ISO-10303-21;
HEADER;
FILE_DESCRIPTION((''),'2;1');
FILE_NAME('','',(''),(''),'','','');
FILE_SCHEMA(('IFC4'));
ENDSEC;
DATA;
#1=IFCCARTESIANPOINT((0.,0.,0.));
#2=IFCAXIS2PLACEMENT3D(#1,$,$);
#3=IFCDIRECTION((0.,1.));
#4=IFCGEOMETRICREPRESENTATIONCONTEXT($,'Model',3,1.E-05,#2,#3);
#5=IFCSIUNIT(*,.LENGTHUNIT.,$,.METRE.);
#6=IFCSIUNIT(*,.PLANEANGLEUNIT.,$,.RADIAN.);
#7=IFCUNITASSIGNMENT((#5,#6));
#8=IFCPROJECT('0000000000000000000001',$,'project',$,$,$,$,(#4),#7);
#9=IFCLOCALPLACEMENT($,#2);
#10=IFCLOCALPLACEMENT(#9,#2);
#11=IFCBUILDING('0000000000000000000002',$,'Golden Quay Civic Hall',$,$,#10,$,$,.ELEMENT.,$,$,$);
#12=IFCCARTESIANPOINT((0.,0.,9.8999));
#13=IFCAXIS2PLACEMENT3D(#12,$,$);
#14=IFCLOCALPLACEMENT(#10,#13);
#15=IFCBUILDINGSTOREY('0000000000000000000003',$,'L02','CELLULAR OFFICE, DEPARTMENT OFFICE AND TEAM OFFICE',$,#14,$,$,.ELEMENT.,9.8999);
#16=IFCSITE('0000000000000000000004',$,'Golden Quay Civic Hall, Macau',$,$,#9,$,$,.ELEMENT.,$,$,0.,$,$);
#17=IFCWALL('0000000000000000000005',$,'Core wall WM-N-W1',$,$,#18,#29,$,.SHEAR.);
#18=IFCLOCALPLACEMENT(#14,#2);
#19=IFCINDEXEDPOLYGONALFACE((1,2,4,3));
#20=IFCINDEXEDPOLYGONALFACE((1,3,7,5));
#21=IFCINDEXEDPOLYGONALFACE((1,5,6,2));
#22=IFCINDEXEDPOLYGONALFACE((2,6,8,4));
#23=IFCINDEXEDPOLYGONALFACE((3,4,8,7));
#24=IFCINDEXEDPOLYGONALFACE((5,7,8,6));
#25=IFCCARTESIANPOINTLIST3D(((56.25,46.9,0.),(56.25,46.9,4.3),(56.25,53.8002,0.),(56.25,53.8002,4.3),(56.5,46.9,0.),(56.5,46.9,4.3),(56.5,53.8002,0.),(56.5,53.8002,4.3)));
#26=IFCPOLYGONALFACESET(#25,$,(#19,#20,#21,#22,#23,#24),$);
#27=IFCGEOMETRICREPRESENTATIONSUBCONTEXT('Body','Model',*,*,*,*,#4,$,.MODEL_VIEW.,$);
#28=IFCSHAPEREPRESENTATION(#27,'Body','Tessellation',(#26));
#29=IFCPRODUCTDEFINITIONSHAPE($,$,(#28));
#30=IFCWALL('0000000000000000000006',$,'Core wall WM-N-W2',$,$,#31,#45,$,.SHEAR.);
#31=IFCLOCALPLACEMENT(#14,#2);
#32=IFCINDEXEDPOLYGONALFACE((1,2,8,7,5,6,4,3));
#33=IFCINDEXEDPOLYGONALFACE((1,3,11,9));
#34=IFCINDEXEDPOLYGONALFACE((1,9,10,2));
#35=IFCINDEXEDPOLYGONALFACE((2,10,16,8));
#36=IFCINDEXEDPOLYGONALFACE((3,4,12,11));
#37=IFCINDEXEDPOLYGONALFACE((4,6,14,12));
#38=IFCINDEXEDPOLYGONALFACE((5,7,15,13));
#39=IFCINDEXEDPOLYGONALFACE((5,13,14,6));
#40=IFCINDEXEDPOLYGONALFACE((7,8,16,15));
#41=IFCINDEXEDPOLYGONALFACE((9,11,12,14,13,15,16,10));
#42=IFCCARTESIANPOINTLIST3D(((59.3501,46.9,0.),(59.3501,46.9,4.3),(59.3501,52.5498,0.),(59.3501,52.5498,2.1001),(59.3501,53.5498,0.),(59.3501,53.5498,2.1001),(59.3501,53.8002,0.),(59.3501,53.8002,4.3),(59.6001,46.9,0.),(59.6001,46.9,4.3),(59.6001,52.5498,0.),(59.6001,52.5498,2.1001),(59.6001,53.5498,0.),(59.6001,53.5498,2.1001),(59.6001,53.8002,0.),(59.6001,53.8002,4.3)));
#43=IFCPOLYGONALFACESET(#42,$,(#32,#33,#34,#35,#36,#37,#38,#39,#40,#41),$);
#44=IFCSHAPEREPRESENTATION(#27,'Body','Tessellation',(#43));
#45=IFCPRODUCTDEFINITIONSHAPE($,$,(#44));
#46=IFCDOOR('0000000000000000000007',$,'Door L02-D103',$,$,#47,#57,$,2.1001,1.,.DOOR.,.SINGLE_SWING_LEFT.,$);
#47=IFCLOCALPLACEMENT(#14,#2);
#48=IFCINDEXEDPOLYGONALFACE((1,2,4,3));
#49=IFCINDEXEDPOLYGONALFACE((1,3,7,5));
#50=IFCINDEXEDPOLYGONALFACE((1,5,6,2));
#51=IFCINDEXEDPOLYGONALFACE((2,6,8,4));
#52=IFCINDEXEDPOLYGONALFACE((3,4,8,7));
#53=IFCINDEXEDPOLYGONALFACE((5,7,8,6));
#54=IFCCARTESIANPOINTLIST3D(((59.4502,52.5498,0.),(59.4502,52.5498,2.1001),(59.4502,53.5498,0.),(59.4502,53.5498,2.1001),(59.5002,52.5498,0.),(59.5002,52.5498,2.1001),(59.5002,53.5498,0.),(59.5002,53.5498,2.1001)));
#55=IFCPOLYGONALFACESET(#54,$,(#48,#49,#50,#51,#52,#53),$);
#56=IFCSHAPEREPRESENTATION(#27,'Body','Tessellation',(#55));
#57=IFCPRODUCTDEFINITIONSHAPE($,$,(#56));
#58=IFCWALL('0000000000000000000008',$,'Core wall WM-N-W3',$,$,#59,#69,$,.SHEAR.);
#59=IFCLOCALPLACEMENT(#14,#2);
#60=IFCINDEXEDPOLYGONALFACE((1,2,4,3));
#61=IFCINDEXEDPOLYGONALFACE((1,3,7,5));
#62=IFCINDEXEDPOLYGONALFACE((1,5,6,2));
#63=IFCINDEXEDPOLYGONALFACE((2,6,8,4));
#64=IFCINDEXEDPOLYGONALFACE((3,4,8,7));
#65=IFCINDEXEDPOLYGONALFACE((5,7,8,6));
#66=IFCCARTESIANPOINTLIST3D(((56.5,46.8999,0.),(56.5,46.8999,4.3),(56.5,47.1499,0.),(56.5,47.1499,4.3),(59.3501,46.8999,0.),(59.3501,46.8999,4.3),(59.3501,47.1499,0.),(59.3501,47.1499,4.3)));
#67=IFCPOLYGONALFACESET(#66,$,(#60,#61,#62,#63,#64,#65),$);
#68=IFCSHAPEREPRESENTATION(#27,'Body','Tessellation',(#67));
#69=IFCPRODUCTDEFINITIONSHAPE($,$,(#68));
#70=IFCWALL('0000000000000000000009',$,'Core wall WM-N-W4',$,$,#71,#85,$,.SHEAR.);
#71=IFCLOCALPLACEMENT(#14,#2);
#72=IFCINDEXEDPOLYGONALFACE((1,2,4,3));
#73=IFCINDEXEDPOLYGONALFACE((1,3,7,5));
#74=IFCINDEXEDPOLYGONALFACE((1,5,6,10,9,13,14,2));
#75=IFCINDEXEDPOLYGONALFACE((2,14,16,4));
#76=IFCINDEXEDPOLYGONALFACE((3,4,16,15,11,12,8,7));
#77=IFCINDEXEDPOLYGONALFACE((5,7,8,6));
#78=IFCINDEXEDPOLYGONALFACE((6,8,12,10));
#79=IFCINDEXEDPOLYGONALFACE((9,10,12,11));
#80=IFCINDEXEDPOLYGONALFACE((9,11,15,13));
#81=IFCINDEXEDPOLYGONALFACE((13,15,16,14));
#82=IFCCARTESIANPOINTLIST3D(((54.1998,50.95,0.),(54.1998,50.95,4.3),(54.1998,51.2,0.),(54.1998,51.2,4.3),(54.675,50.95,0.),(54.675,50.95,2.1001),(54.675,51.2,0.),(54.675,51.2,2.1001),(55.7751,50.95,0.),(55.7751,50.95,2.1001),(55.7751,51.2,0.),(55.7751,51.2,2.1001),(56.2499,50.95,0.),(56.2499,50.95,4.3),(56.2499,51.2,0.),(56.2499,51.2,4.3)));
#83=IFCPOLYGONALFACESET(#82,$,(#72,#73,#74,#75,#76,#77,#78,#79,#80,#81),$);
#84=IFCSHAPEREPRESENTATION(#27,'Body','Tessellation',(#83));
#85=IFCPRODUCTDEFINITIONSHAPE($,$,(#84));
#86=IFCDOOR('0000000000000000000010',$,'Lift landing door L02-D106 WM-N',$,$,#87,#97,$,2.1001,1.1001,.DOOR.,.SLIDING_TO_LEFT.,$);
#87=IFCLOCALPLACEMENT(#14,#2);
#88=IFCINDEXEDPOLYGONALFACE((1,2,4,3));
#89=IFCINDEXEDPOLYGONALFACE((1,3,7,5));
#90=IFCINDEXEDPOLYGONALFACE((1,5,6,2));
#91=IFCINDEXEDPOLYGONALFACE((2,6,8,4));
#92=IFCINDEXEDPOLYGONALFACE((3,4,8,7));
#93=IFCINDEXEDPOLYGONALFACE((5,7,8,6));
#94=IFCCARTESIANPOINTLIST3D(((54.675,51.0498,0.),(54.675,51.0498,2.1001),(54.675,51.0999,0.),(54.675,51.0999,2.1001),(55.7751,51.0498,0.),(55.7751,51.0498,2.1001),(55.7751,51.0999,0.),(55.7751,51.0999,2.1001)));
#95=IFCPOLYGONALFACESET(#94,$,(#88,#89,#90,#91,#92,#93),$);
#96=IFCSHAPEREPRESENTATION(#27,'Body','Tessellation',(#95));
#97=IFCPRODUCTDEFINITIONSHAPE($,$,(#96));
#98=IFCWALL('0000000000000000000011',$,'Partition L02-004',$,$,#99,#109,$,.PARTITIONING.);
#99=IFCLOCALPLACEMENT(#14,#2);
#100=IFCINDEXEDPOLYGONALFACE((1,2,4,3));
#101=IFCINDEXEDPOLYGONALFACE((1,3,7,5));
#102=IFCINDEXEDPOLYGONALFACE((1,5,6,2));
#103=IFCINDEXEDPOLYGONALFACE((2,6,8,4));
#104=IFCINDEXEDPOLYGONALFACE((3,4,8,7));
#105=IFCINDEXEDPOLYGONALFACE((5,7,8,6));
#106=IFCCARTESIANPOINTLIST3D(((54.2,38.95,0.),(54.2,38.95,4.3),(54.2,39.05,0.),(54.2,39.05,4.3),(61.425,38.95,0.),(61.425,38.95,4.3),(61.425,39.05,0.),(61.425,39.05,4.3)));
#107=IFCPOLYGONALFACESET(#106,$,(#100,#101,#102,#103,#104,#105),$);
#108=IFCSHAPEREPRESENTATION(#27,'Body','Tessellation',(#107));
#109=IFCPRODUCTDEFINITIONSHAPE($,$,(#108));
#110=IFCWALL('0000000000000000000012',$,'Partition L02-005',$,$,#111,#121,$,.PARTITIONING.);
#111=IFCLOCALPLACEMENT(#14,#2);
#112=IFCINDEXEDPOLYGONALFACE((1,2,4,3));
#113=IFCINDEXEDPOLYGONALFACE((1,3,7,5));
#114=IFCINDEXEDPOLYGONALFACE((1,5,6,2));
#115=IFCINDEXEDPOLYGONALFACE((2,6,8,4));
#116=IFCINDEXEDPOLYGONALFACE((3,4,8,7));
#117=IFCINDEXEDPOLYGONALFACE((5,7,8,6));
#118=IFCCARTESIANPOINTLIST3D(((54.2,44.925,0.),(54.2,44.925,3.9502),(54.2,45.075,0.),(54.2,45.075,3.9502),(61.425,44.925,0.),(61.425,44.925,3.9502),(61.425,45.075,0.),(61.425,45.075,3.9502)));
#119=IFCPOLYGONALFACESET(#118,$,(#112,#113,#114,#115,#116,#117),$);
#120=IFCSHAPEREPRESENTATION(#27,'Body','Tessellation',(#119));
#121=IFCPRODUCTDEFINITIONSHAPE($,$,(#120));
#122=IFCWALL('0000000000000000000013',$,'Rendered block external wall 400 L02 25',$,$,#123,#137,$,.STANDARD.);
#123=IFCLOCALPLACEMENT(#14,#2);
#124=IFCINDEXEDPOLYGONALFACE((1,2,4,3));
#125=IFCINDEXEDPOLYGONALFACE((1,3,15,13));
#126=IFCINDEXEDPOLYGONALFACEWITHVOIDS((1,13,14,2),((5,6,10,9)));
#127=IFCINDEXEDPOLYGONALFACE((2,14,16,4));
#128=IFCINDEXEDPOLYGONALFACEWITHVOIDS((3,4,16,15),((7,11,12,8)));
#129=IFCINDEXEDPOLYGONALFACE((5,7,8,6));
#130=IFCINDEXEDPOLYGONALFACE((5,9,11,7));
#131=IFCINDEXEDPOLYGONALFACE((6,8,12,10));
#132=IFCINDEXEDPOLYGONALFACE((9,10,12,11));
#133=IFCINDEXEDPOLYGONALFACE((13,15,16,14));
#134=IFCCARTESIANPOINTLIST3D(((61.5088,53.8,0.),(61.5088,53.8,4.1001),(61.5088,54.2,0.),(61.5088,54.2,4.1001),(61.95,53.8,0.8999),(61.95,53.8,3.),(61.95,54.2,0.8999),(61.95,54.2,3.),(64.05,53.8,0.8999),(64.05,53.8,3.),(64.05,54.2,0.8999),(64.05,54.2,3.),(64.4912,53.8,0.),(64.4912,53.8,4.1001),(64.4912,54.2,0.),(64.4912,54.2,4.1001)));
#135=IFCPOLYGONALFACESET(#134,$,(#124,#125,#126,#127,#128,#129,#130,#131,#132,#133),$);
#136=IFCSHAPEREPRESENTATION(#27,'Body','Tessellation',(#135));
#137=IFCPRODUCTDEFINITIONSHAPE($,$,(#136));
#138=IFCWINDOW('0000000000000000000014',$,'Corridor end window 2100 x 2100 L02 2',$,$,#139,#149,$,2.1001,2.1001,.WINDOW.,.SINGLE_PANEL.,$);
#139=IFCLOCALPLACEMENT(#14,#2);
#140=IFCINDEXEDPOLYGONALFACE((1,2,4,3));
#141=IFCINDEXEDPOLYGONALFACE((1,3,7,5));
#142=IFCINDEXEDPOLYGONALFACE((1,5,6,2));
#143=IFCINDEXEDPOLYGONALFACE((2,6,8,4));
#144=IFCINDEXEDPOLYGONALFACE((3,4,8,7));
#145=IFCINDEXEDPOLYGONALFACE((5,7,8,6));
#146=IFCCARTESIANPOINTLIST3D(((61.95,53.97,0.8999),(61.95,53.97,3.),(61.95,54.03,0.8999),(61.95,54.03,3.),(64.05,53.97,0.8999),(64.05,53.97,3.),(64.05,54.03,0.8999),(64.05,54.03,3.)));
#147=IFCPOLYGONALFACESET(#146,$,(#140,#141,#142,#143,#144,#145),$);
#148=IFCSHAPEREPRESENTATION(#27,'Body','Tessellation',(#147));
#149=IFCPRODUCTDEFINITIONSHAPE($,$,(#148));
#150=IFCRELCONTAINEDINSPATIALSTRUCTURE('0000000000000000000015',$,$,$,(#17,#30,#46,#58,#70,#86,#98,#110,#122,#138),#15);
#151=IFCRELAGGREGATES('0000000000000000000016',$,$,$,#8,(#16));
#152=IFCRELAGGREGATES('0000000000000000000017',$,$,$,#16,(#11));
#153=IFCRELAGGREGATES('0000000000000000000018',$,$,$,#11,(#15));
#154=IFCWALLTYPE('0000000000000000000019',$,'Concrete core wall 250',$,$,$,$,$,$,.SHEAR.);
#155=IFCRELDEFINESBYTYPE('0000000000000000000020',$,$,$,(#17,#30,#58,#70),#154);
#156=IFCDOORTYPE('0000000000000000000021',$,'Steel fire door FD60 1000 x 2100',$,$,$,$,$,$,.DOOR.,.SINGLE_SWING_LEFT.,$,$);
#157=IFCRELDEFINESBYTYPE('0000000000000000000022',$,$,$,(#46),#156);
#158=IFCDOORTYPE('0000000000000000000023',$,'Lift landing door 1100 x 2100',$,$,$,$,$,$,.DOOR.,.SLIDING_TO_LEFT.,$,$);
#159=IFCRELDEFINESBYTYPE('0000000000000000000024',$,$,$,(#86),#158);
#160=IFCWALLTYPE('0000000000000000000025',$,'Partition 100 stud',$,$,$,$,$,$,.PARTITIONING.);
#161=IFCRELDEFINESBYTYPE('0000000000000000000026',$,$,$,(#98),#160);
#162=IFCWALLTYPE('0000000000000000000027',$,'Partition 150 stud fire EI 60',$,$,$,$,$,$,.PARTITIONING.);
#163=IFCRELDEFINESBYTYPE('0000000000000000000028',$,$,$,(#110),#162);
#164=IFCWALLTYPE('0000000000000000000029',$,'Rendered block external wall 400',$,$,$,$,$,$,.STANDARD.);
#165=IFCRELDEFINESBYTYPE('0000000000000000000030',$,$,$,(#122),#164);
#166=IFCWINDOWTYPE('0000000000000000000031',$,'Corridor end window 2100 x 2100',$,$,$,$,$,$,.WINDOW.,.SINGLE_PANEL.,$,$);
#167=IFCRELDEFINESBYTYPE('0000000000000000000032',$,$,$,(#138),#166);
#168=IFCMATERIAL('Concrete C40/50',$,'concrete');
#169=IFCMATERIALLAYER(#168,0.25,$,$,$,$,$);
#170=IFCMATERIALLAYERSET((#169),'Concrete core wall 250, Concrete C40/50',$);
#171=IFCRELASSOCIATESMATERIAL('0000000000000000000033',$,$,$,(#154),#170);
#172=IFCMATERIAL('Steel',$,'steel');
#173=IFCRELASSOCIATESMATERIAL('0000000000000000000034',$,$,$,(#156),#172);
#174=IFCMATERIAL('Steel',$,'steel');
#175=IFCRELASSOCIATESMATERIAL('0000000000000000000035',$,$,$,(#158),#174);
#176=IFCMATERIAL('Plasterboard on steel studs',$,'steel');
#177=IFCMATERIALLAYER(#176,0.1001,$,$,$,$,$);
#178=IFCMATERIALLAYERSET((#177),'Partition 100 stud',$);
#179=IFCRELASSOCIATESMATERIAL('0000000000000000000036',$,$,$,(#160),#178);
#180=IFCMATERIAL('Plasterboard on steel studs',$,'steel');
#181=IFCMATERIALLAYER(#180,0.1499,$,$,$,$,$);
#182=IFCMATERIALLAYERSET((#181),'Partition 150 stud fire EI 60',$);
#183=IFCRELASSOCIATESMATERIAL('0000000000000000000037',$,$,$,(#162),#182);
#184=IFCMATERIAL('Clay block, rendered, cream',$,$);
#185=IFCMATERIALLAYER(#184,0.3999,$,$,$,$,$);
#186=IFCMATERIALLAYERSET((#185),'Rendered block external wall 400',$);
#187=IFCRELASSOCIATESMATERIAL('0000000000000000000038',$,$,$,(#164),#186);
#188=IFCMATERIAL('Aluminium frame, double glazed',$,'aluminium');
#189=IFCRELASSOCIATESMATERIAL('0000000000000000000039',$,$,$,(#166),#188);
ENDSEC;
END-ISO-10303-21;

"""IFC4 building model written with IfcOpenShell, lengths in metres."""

from ifc_helpers import new_model, si_unit, direction, frame, frame_2d, origin, place, context, subcontext, project, spatial, rectangle, extrude, material, layer, layer_set, type_object, element, fill, save


model = new_model("IFC4")

# Units and contexts
model_context = context("Model", 3, precision=1e-05, world=origin(), true_north=direction((0.0, 1.0)))
body_context = subcontext(model_context, "Body", "Model", "MODEL_VIEW")
ifc_project = project(units=[si_unit("LENGTHUNIT", "METRE"), si_unit("PLANEANGLEUNIT", "RADIAN")], contexts=[model_context])

# Site, building, storey
site_placement = place(None, origin())
site = spatial("IfcSite", under=ifc_project, at=site_placement, Name="Golden Quay Civic Hall, Macau", CompositionType="ELEMENT", RefElevation=0.0)
building_placement = place(site_placement, origin())
building = spatial("IfcBuilding", under=site, at=building_placement, Name="Golden Quay Civic Hall", CompositionType="ELEMENT")
storey_placement = place(building_placement, frame((0.0, 0.0, 9.8999)))
storey = spatial("IfcBuildingStorey", under=building, at=storey_placement, Name="L02", Description="CELLULAR OFFICE, DEPARTMENT OFFICE AND TEAM OFFICE", CompositionType="ELEMENT", Elevation=9.8999)

# Wall
ifc_material_1 = material(Name="Concrete C40/50", Category="concrete")
ifc_layer_1 = layer(ifc_material_1, 0.25)
ifc_layer_set_1 = layer_set([ifc_layer_1], Name="Concrete core wall 250, Concrete C40/50")
wall_type_1 = type_object("IfcWallType", Name="Concrete core wall 250", PredefinedType="SHEAR", material=ifc_layer_set_1)
wall_1_placement = place(storey_placement, frame((56.375, 46.8999, 0.0), z_axis=(0.0, 0.0, 1.0), x_axis=(0.0, 1.0, 0.0)))
element("IfcWall", 1, at=wall_1_placement, inside=storey, type_object=wall_type_1, Name="Core wall WM-N-W1", PredefinedType="SHEAR", context=body_context, shape_type="SweptSolid", body=[
    extrude(rectangle(XDim=6.9001, YDim=0.25, at=frame_2d((3.4502, 0.0))), origin(), (0.0, 0.0, 1.0), 4.3),
])

# Wall, opening, door
wall_2_placement = place(storey_placement, frame((59.4751, 46.8999, 0.0), z_axis=(0.0, 0.0, 1.0), x_axis=(0.0, 1.0, 0.0)))
wall_2 = element("IfcWall", 2, at=wall_2_placement, inside=storey, type_object=wall_type_1, Name="Core wall WM-N-W2", PredefinedType="SHEAR", context=body_context, shape_type="SweptSolid", body=[
    extrude(rectangle(XDim=6.9001, YDim=0.25, at=frame_2d((3.4502, 0.0))), origin(), (0.0, 0.0, 1.0), 4.3),
])
opening_1_placement = place(wall_2_placement, frame((5.6499, 0.0, 0.0)))
opening_1 = element("IfcOpeningElement", 3, at=opening_1_placement, cuts=wall_2, PredefinedType="OPENING", context=body_context, shape_type="SweptSolid", body=[
    extrude(rectangle(XDim=1.0, YDim=2.1001, at=frame_2d((0.5, 1.05))), frame((0.0, 0.135, 0.0), z_axis=(0.0, -1.0, 0.0), x_axis=(1.0, 0.0, 0.0)), (0.0, 0.0, 1.0), 0.27),
])
ifc_material_2 = material(Name="Steel", Category="steel")
door_type_1 = type_object("IfcDoorType", Name="Steel fire door FD60 1000 x 2100", OperationType="SINGLE_SWING_LEFT", PredefinedType="DOOR", material=ifc_material_2)
door_1_placement = place(opening_1_placement, origin())
door_1 = element("IfcDoor", 4, at=door_1_placement, inside=storey, type_object=door_type_1, Name="Door L02-D103", OperationType="SINGLE_SWING_LEFT", OverallHeight=2.1001, OverallWidth=1.0, PredefinedType="DOOR", context=body_context, shape_type="SweptSolid", body=[
    extrude(rectangle(XDim=1.0, YDim=2.1001, at=frame_2d((0.5, 1.05))), frame((0.0, 0.0249, 0.0), z_axis=(0.0, -1.0, 0.0), x_axis=(1.0, 0.0, 0.0)), (0.0, 0.0, 1.0), 0.05),
])
fill(opening_1, door_1)

# Wall
wall_3_placement = place(storey_placement, frame((56.5, 47.0249, 0.0), z_axis=(0.0, 0.0, 1.0), x_axis=(1.0, 0.0, 0.0)))
element("IfcWall", 5, at=wall_3_placement, inside=storey, type_object=wall_type_1, Name="Core wall WM-N-W3", PredefinedType="SHEAR", context=body_context, shape_type="SweptSolid", body=[
    extrude(rectangle(XDim=2.8501, YDim=0.25, at=frame_2d((1.425, 0.0))), origin(), (0.0, 0.0, 1.0), 4.3),
])

# Wall, opening, door
wall_4_placement = place(storey_placement, frame((54.2, 51.075, 0.0), z_axis=(0.0, 0.0, 1.0), x_axis=(1.0, 0.0, 0.0)))
wall_4 = element("IfcWall", 6, at=wall_4_placement, inside=storey, type_object=wall_type_1, Name="Core wall WM-N-W4", PredefinedType="SHEAR", context=body_context, shape_type="SweptSolid", body=[
    extrude(rectangle(XDim=2.05, YDim=0.25, at=frame_2d((1.0249, 0.0))), origin(), (0.0, 0.0, 1.0), 4.3),
])
opening_2_placement = place(wall_4_placement, frame((0.4751, 0.0, 0.0)))
opening_2 = element("IfcOpeningElement", 7, at=opening_2_placement, cuts=wall_4, PredefinedType="OPENING", context=body_context, shape_type="SweptSolid", body=[
    extrude(rectangle(XDim=1.1001, YDim=2.1001, at=frame_2d((0.55, 1.05))), frame((0.0, 0.135, 0.0), z_axis=(0.0, -1.0, 0.0), x_axis=(1.0, 0.0, 0.0)), (0.0, 0.0, 1.0), 0.27),
])
ifc_material_3 = material(Name="Steel", Category="steel")
door_type_2 = type_object("IfcDoorType", Name="Lift landing door 1100 x 2100", OperationType="SLIDING_TO_LEFT", PredefinedType="DOOR", material=ifc_material_3)
door_2_placement = place(opening_2_placement, origin())
door_2 = element("IfcDoor", 8, at=door_2_placement, inside=storey, type_object=door_type_2, Name="Lift landing door L02-D106 WM-N", OperationType="SLIDING_TO_LEFT", OverallHeight=2.1001, OverallWidth=1.1001, PredefinedType="DOOR", context=body_context, shape_type="SweptSolid", body=[
    extrude(rectangle(XDim=1.1001, YDim=2.1001, at=frame_2d((0.55, 1.05))), frame((0.0, 0.0249, 0.0), z_axis=(0.0, -1.0, 0.0), x_axis=(1.0, 0.0, 0.0)), (0.0, 0.0, 1.0), 0.05),
])
fill(opening_2, door_2)

# Walls
ifc_material_4 = material(Name="Plasterboard on steel studs", Category="steel")
ifc_layer_2 = layer(ifc_material_4, 0.1001)
ifc_layer_set_2 = layer_set([ifc_layer_2], Name="Partition 100 stud")
wall_type_2 = type_object("IfcWallType", Name="Partition 100 stud", PredefinedType="PARTITIONING", material=ifc_layer_set_2)
wall_5_placement = place(storey_placement, frame((54.2, 39.0, 0.0), z_axis=(0.0, 0.0, 1.0), x_axis=(1.0, 0.0, 0.0)))
element("IfcWall", 9, at=wall_5_placement, inside=storey, type_object=wall_type_2, Name="Partition L02-004", PredefinedType="PARTITIONING", context=body_context, shape_type="SweptSolid", body=[
    extrude(rectangle(XDim=7.2251, YDim=0.1001, at=frame_2d((3.6125, 0.0))), origin(), (0.0, 0.0, 1.0), 4.3),
])
ifc_material_5 = material(Name="Plasterboard on steel studs", Category="steel")
ifc_layer_3 = layer(ifc_material_5, 0.1499)
ifc_layer_set_3 = layer_set([ifc_layer_3], Name="Partition 150 stud fire EI 60")
wall_type_3 = type_object("IfcWallType", Name="Partition 150 stud fire EI 60", PredefinedType="PARTITIONING", material=ifc_layer_set_3)
wall_6_placement = place(storey_placement, frame((54.2, 45.0, 0.0), z_axis=(0.0, 0.0, 1.0), x_axis=(1.0, 0.0, 0.0)))
element("IfcWall", 10, at=wall_6_placement, inside=storey, type_object=wall_type_3, Name="Partition L02-005", PredefinedType="PARTITIONING", context=body_context, shape_type="SweptSolid", body=[
    extrude(rectangle(XDim=7.2251, YDim=0.1499, at=frame_2d((3.6125, 0.0))), origin(), (0.0, 0.0, 1.0), 3.9502),
])

# Wall, opening, window
ifc_material_6 = material(Name="Clay block, rendered, cream")
ifc_layer_4 = layer(ifc_material_6, 0.3999)
ifc_layer_set_4 = layer_set([ifc_layer_4], Name="Rendered block external wall 400")
wall_type_4 = type_object("IfcWallType", Name="Rendered block external wall 400", PredefinedType="STANDARD", material=ifc_layer_set_4)
wall_7_placement = place(storey_placement, frame((61.5088, 54.0, 0.0), z_axis=(0.0, 0.0, 1.0), x_axis=(1.0, 0.0, 0.0)))
wall_7 = element("IfcWall", 11, at=wall_7_placement, inside=storey, type_object=wall_type_4, Name="Rendered block external wall 400 L02 25", PredefinedType="STANDARD", context=body_context, shape_type="SweptSolid", body=[
    extrude(rectangle(XDim=2.9824, YDim=0.3999, at=frame_2d((1.4912, 0.0))), origin(), (0.0, 0.0, 1.0), 4.1001),
])
opening_3_placement = place(wall_7_placement, frame((0.4412, 0.0, 0.8999)))
opening_3 = element("IfcOpeningElement", 12, at=opening_3_placement, cuts=wall_7, PredefinedType="OPENING", context=body_context, shape_type="SweptSolid", body=[
    extrude(rectangle(XDim=2.1001, YDim=2.1001, at=frame_2d((1.05, 1.05))), frame((0.0, 0.21, 0.0), z_axis=(0.0, -1.0, 0.0), x_axis=(1.0, 0.0, 0.0)), (0.0, 0.0, 1.0), 0.4199),
])
ifc_material_7 = material(Name="Aluminium frame, double glazed", Category="aluminium")
window_type = type_object("IfcWindowType", Name="Corridor end window 2100 x 2100", PartitioningType="SINGLE_PANEL", PredefinedType="WINDOW", material=ifc_material_7)
window_placement = place(opening_3_placement, origin())
window = element("IfcWindow", 13, at=window_placement, inside=storey, type_object=window_type, Name="Corridor end window 2100 x 2100 L02 2", OverallHeight=2.1001, OverallWidth=2.1001, PartitioningType="SINGLE_PANEL", PredefinedType="WINDOW", context=body_context, shape_type="SweptSolid", body=[
    extrude(rectangle(XDim=2.1001, YDim=2.1001, at=frame_2d((1.05, 1.05))), frame((0.0, 0.03, 0.0), z_axis=(0.0, -1.0, 0.0), x_axis=(1.0, 0.0, 0.0)), (0.0, 0.0, 1.0), 0.0601),
])
fill(opening_3, window)

save(model, "model.ifc")
